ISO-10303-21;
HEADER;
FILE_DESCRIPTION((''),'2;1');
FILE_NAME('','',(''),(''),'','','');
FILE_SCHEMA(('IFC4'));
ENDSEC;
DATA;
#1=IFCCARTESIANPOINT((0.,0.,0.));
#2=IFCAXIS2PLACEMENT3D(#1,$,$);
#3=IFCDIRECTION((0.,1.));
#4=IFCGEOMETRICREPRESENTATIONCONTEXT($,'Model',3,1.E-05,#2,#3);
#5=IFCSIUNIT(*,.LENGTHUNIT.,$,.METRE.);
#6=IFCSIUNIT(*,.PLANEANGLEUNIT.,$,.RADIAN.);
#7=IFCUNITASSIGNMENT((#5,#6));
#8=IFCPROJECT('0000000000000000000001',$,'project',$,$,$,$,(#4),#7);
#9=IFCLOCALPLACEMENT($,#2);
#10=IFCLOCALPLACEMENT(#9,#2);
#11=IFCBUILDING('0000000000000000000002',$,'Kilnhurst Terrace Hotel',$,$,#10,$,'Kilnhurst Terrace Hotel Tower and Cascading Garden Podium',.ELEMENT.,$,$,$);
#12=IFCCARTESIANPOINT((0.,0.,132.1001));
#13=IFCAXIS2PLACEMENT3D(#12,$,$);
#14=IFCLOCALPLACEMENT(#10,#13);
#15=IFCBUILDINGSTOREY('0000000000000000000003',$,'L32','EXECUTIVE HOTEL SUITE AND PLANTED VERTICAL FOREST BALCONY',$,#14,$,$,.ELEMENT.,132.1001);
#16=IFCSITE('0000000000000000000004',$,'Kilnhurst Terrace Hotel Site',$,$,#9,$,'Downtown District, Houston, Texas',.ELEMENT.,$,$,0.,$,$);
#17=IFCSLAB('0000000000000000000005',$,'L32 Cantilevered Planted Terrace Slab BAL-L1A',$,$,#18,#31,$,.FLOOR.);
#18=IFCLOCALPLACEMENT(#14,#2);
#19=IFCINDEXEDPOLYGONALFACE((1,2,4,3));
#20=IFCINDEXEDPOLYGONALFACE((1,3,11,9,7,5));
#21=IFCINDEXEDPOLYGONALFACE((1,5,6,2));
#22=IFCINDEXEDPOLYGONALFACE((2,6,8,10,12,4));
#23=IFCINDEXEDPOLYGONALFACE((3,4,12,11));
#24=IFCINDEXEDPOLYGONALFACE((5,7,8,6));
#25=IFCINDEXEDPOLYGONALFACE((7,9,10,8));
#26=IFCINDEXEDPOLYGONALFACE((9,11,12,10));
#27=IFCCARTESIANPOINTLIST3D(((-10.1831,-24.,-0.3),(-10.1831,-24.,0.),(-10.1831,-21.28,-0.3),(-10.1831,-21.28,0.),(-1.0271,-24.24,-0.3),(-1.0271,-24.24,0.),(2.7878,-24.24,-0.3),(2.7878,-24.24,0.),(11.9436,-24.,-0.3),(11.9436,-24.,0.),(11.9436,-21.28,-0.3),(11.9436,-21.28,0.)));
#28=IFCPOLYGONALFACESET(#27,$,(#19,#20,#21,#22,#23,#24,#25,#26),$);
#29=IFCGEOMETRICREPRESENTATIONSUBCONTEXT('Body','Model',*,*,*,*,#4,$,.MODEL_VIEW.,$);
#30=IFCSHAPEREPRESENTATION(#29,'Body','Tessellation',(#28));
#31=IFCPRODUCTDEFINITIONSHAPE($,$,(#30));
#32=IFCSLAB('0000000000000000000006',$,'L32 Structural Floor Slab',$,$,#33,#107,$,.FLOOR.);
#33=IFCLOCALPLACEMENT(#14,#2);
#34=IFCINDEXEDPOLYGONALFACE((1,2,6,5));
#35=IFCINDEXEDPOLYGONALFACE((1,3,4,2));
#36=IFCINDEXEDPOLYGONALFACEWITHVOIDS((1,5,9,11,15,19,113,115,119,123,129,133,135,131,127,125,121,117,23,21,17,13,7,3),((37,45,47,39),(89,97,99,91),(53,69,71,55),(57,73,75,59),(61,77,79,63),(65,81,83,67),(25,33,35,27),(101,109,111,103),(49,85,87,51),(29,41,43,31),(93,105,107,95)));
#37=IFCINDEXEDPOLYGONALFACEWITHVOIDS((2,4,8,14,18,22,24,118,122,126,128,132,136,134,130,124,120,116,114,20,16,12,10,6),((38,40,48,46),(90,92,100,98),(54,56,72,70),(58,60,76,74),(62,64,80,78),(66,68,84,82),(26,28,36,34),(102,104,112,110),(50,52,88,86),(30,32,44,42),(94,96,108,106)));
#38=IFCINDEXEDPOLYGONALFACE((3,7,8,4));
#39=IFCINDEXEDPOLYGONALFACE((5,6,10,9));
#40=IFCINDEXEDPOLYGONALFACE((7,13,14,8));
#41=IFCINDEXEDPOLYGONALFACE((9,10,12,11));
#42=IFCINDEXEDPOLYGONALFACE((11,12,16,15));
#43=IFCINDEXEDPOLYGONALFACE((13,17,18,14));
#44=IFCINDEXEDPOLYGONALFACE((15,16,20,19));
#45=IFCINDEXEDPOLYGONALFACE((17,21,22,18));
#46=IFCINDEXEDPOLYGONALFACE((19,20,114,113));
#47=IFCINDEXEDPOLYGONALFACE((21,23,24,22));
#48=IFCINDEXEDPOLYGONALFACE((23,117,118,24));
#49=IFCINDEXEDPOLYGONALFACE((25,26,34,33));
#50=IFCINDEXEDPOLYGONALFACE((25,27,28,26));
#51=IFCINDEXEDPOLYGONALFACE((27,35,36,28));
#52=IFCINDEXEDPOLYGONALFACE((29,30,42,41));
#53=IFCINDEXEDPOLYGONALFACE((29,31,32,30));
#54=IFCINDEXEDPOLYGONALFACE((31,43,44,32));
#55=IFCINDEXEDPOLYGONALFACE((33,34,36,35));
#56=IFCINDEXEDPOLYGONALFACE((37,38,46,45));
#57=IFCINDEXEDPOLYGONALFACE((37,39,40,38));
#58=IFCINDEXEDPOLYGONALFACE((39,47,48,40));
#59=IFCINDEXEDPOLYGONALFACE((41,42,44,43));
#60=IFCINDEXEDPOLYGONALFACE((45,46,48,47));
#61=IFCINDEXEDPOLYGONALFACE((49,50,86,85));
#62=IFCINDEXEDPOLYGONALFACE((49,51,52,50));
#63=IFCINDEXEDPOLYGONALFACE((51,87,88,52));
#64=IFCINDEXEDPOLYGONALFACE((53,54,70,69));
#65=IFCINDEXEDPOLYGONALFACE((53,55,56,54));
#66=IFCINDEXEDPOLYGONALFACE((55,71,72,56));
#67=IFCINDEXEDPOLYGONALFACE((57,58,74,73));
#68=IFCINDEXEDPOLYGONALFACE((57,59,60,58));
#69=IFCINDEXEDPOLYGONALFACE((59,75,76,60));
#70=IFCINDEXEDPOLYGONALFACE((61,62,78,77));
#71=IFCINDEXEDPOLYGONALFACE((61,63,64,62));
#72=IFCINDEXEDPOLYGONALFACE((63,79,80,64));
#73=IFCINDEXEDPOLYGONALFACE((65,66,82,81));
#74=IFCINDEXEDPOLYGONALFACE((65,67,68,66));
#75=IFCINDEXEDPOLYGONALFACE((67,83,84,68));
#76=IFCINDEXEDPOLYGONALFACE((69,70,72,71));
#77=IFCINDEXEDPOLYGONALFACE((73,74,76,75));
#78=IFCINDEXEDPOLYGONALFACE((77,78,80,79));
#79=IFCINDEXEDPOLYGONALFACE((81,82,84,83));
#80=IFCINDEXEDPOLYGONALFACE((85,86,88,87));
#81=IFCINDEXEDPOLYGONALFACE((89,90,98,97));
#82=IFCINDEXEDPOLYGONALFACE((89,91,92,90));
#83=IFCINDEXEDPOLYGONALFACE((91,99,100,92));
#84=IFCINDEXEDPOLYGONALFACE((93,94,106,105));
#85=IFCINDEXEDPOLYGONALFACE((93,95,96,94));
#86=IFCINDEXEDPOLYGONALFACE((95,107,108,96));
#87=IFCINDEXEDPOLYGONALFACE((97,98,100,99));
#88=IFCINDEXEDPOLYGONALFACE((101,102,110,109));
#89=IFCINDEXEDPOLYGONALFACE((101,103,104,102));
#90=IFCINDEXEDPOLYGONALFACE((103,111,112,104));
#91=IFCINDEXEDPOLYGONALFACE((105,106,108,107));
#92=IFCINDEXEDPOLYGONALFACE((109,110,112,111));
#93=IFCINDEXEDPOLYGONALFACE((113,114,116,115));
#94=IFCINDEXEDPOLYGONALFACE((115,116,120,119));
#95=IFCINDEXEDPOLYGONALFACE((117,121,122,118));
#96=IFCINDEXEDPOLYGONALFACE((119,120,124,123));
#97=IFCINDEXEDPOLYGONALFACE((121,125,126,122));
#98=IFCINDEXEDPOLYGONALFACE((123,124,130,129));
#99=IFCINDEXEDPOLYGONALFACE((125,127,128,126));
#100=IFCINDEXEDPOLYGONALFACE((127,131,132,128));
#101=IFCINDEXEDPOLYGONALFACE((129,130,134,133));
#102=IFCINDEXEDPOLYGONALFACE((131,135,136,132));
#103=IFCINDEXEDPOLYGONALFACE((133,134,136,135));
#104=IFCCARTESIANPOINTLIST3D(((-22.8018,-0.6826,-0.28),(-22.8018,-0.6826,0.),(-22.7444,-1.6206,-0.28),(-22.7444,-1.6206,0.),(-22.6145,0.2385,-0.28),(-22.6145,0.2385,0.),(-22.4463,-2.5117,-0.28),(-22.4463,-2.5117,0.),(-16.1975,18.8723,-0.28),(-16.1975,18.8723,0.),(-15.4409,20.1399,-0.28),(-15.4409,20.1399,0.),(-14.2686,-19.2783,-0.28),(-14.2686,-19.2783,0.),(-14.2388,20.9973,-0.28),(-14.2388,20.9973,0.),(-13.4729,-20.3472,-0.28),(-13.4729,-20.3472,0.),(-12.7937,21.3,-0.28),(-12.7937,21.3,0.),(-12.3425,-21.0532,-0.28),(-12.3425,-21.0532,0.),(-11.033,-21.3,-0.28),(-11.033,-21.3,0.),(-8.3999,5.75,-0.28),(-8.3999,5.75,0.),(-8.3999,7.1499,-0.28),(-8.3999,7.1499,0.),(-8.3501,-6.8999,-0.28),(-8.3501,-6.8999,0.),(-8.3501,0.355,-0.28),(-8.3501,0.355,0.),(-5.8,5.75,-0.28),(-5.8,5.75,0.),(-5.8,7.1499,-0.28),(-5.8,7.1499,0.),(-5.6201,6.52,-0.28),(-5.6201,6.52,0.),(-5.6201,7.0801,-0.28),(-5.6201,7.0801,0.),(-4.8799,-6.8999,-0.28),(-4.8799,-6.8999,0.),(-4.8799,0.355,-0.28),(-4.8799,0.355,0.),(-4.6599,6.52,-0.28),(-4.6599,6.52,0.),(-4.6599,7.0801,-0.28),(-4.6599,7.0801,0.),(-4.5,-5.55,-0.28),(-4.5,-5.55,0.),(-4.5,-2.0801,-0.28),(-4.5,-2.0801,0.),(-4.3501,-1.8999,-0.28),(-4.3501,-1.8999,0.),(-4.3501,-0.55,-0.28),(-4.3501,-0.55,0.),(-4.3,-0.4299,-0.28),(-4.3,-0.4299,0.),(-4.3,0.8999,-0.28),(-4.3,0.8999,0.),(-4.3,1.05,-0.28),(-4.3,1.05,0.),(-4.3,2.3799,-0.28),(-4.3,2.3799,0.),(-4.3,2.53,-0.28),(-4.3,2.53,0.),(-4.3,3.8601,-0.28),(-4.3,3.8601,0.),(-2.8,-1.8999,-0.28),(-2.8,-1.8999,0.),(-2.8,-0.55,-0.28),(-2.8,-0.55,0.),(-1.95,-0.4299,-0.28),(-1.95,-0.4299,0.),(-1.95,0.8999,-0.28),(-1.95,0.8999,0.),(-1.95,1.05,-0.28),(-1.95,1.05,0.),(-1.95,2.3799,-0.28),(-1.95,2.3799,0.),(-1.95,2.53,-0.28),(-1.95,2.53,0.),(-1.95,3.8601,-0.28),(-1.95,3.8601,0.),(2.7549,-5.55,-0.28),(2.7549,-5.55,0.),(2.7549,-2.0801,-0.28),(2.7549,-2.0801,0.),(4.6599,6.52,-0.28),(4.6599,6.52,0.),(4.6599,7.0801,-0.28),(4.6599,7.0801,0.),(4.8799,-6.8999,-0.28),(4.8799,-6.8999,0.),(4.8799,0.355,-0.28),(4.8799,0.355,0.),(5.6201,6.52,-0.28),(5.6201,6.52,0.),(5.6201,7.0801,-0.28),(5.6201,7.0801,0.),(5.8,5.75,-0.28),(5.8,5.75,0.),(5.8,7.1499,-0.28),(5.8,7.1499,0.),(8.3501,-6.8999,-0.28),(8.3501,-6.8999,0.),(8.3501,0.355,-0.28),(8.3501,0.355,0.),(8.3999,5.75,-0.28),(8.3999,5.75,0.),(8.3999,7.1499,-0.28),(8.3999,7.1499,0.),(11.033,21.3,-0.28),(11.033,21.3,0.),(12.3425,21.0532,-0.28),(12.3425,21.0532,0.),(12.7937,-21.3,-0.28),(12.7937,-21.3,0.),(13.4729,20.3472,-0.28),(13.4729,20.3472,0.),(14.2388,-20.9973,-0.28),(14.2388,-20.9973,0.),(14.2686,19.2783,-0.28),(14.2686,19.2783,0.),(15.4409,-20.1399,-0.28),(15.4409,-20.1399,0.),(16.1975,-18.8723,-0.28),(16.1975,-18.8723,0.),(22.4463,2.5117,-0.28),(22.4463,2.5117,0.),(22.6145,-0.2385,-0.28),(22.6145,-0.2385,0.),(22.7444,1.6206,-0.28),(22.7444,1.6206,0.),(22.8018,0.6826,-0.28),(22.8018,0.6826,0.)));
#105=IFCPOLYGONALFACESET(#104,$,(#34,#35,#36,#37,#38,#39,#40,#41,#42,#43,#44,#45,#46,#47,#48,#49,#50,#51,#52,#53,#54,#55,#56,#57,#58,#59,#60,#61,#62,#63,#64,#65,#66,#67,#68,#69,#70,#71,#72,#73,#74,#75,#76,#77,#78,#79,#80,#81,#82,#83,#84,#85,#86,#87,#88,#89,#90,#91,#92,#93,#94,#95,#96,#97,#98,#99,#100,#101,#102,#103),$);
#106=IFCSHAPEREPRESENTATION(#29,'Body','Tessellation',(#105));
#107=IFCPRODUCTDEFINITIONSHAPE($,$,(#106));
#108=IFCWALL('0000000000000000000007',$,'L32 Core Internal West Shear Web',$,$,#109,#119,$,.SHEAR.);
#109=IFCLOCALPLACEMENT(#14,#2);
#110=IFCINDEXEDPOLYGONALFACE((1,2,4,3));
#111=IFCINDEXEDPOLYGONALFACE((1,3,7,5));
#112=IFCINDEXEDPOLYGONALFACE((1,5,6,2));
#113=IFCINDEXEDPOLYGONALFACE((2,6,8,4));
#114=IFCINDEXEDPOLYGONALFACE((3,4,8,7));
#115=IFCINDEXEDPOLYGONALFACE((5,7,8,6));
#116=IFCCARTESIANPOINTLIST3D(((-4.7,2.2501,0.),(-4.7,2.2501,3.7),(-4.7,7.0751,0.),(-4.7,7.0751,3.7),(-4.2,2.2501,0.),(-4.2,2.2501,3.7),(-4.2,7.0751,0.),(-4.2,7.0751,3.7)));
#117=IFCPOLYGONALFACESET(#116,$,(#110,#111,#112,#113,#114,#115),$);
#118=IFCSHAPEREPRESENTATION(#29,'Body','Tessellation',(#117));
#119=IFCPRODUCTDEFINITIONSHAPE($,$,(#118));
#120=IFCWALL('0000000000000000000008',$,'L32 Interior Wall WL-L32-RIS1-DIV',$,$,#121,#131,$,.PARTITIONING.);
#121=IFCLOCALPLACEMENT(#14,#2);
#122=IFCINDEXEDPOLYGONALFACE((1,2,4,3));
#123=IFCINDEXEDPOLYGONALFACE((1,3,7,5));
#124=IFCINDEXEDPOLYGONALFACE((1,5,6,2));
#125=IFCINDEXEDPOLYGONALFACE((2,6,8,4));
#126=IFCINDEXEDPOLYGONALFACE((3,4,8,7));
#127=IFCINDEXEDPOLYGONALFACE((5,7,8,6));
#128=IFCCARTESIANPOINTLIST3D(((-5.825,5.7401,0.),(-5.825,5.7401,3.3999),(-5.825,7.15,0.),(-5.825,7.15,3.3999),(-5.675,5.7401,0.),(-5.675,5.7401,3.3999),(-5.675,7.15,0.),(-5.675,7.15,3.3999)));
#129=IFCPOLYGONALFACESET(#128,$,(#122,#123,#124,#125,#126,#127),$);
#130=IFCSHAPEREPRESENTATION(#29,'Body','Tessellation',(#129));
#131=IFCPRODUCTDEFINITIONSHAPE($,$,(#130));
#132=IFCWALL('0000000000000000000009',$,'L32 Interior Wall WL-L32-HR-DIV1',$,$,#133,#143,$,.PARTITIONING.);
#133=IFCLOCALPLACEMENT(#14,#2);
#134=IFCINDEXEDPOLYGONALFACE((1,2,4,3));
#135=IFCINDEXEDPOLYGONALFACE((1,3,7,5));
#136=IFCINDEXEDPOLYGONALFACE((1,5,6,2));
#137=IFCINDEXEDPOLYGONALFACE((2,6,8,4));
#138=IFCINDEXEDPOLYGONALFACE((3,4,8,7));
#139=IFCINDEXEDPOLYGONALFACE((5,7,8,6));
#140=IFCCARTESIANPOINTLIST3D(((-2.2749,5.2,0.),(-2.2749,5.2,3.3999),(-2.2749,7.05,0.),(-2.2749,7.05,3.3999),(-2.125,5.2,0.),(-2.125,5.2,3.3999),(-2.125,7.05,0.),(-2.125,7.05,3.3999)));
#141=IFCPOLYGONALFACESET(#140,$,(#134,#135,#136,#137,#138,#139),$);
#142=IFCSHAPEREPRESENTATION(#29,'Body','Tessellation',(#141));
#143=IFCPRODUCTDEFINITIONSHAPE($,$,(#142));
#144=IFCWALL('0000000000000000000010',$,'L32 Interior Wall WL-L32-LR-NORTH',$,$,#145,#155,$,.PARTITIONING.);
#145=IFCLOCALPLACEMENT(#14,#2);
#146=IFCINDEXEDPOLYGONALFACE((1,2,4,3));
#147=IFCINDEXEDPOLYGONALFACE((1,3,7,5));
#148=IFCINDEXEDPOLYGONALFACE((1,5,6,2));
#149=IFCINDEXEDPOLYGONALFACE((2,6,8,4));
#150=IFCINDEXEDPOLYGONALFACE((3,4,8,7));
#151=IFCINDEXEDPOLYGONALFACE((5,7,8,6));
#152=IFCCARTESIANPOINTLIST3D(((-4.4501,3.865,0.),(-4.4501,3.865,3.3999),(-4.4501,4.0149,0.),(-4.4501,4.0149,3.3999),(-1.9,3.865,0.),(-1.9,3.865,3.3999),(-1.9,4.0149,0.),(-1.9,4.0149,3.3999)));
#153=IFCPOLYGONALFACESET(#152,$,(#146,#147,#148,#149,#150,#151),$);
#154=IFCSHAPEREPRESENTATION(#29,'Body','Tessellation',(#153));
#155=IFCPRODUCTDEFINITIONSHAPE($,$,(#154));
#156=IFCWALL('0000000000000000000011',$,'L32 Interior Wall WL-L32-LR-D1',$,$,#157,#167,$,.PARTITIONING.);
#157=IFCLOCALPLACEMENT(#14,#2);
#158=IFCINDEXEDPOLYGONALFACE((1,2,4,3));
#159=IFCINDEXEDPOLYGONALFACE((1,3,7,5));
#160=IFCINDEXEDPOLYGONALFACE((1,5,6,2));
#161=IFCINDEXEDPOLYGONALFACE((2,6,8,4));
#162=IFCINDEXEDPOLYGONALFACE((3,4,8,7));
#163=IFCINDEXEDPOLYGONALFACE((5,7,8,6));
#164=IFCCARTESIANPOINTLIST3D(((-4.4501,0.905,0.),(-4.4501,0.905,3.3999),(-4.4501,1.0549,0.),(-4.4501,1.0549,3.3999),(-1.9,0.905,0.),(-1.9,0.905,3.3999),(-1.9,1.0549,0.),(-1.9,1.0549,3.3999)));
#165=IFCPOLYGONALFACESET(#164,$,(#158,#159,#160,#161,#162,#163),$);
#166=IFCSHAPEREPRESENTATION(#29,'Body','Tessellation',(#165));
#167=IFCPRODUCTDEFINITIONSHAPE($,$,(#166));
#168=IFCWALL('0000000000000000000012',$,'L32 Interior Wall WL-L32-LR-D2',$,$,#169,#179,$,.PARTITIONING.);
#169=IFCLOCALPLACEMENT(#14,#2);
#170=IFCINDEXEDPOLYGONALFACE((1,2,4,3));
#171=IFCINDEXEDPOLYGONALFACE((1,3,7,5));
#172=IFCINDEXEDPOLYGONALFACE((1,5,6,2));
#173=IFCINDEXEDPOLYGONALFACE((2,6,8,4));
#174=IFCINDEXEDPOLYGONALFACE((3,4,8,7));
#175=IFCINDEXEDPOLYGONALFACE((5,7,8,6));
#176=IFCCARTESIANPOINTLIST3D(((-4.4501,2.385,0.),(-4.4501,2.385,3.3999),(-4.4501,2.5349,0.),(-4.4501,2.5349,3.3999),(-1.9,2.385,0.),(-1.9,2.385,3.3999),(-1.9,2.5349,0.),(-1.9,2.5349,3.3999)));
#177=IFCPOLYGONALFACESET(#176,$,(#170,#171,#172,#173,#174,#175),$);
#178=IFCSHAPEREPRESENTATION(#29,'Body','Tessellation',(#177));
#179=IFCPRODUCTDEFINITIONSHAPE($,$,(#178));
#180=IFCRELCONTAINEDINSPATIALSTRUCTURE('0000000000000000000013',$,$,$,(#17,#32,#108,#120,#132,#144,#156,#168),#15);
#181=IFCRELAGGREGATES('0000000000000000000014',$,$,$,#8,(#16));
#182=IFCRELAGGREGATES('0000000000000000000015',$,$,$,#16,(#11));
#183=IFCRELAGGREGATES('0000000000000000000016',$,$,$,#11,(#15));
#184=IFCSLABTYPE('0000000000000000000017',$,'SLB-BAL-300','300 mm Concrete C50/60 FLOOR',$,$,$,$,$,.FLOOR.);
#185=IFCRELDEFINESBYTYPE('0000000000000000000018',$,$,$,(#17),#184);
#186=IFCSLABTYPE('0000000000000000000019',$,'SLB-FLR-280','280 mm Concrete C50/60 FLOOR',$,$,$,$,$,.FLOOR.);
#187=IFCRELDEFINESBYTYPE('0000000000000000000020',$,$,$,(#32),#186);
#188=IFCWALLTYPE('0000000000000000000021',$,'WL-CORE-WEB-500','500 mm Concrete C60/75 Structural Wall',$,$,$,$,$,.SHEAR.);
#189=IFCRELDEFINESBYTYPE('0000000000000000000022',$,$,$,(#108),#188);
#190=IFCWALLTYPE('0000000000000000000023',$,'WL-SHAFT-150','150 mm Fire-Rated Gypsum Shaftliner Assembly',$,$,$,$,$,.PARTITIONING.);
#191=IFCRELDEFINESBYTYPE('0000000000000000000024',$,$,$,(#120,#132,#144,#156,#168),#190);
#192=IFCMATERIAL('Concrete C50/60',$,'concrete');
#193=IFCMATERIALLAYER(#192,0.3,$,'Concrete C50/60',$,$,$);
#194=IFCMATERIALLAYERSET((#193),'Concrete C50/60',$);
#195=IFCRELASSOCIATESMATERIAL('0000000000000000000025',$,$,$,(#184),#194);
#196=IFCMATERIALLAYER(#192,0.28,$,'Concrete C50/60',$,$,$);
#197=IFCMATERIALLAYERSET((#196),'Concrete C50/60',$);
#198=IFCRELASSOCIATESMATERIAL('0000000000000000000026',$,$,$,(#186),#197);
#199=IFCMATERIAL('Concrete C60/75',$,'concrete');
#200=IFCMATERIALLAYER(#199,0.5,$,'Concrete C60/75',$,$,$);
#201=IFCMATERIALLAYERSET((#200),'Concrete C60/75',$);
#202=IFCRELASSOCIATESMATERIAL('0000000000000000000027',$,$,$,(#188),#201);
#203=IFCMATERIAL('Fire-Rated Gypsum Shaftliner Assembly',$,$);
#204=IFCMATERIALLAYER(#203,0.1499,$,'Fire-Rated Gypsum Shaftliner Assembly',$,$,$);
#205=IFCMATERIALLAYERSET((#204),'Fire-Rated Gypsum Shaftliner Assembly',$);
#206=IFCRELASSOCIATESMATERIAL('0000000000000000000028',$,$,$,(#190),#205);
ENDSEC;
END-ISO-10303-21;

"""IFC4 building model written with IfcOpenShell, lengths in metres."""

from ifc_helpers import new_model, si_unit, direction, frame, frame_2d, origin, place, context, subcontext, project, spatial, polyline, rectangle, outline, extrude, material, layer, layer_set, type_object, element, save


model = new_model("IFC4")

# Units and contexts
model_context = context("Model", 3, precision=1e-05, world=origin(), true_north=direction((0.0, 1.0)))
body_context = subcontext(model_context, "Body", "Model", "MODEL_VIEW")
ifc_project = project(units=[si_unit("LENGTHUNIT", "METRE"), si_unit("PLANEANGLEUNIT", "RADIAN")], contexts=[model_context])

# Site, building, storey
site_placement = place(None, origin())
site = spatial("IfcSite", under=ifc_project, at=site_placement, Name="Kilnhurst Terrace Hotel Site", LongName="Downtown District, Houston, Texas", CompositionType="ELEMENT", RefElevation=0.0)
building_placement = place(site_placement, origin())
building = spatial("IfcBuilding", under=site, at=building_placement, Name="Kilnhurst Terrace Hotel", LongName="Kilnhurst Terrace Hotel Tower and Cascading Garden Podium", CompositionType="ELEMENT")
storey_placement = place(building_placement, frame((0.0, 0.0, 132.1001)))
storey = spatial("IfcBuildingStorey", under=building, at=storey_placement, Name="L32", Description="EXECUTIVE HOTEL SUITE AND PLANTED VERTICAL FOREST BALCONY", CompositionType="ELEMENT", Elevation=132.1001)

# Slabs
ifc_material_1 = material(Name="Concrete C50/60", Category="concrete")
ifc_layer_1 = layer(ifc_material_1, 0.3, Name="Concrete C50/60")
ifc_layer_set_1 = layer_set([ifc_layer_1], Name="Concrete C50/60")
slab_type_1 = type_object("IfcSlabType", Name="SLB-BAL-300", Description="300 mm Concrete C50/60 FLOOR", PredefinedType="FLOOR", material=ifc_layer_set_1)
slab_1_placement = place(storey_placement, frame((0.0, 0.0, -0.3)))
element("IfcSlab", 1, at=slab_1_placement, inside=storey, type_object=slab_type_1, Name="L32 Cantilevered Planted Terrace Slab BAL-L1A", PredefinedType="FLOOR", context=body_context, shape_type="SweptSolid", body=[
    extrude(outline(polyline([(2.7878, -24.24), (-1.0271, -24.24), (-10.1831, -24.0), (-10.1831, -21.28), (11.9436, -21.28), (11.9436, -24.0), (2.7878, -24.24)])), origin(), (0.0, 0.0, 1.0), 0.3),
])
ifc_layer_2 = layer(ifc_material_1, 0.28, Name="Concrete C50/60")
ifc_layer_set_2 = layer_set([ifc_layer_2], Name="Concrete C50/60")
slab_type_2 = type_object("IfcSlabType", Name="SLB-FLR-280", Description="280 mm Concrete C50/60 FLOOR", PredefinedType="FLOOR", material=ifc_layer_set_2)
slab_2_placement = place(storey_placement, frame((0.0, 0.0, -0.28)))
element("IfcSlab", 2, at=slab_2_placement, inside=storey, type_object=slab_type_2, Name="L32 Structural Floor Slab", PredefinedType="FLOOR", context=body_context, shape_type="SweptSolid", body=[
    extrude(outline(polyline([(-14.2686, -19.2783), (-13.4729, -20.3472), (-12.3425, -21.0532), (-11.033, -21.3), (12.7937, -21.3), (14.2388, -20.9973), (15.4409, -20.1399), (16.1975, -18.8723), (22.6145, -0.2385), (22.8018, 0.6826), (22.7444, 1.6206), (22.4463, 2.5117), (14.2686, 19.2783), (13.4729, 20.3472), (12.3425, 21.0532), (11.033, 21.3), (-12.7937, 21.3), (-14.2388, 20.9973), (-15.4409, 20.1399), (-16.1975, 18.8723), (-22.6145, 0.2385), (-22.8018, -0.6826), (-22.7444, -1.6206), (-22.4463, -2.5117), (-14.2686, -19.2783)]), holes=[polyline([(-8.3501, 0.355), (-4.8799, 0.355), (-4.8799, -6.8999), (-8.3501, -6.8999), (-8.3501, 0.355)]), polyline([(-2.8, -1.8999), (-4.3501, -1.8999), (-4.3501, -0.55), (-2.8, -0.55), (-2.8, -1.8999)]), polyline([(-1.95, -0.4299), (-4.3, -0.4299), (-4.3, 0.8999), (-1.95, 0.8999), (-1.95, -0.4299)]), polyline([(-4.3, 1.05), (-4.3, 2.3799), (-1.95, 2.3799), (-1.95, 1.05), (-4.3, 1.05)]), polyline([(-8.3999, 5.75), (-8.3999, 7.1499), (-5.8, 7.1499), (-5.8, 5.75), (-8.3999, 5.75)]), polyline([(-4.6599, 6.52), (-5.6201, 6.52), (-5.6201, 7.0801), (-4.6599, 7.0801), (-4.6599, 6.52)]), polyline([(2.7549, -5.55), (-4.5, -5.55), (-4.5, -2.0801), (2.7549, -2.0801), (2.7549, -5.55)]), polyline([(8.3501, 0.355), (8.3501, -6.8999), (4.8799, -6.8999), (4.8799, 0.355), (8.3501, 0.355)]), polyline([(-1.95, 2.53), (-4.3, 2.53), (-4.3, 3.8601), (-1.95, 3.8601), (-1.95, 2.53)]), polyline([(5.8, 5.75), (5.8, 7.1499), (8.3999, 7.1499), (8.3999, 5.75), (5.8, 5.75)]), polyline([(4.6599, 6.52), (4.6599, 7.0801), (5.6201, 7.0801), (5.6201, 6.52), (4.6599, 6.52)])]), origin(), (0.0, 0.0, 1.0), 0.28),
])

# Walls
ifc_material_2 = material(Name="Concrete C60/75", Category="concrete")
ifc_layer_3 = layer(ifc_material_2, 0.5, Name="Concrete C60/75")
ifc_layer_set_3 = layer_set([ifc_layer_3], Name="Concrete C60/75")
wall_type_1 = type_object("IfcWallType", Name="WL-CORE-WEB-500", Description="500 mm Concrete C60/75 Structural Wall", PredefinedType="SHEAR", material=ifc_layer_set_3)
wall_1_placement = place(storey_placement, frame((-4.45, 2.25, 0.0), z_axis=(0.0, 0.0, 1.0), x_axis=(0.0, 1.0, 0.0)))
element("IfcWall", 3, at=wall_1_placement, inside=storey, type_object=wall_type_1, Name="L32 Core Internal West Shear Web", PredefinedType="SHEAR", context=body_context, shape_type="SweptSolid", body=[
    extrude(rectangle(XDim=4.825, YDim=0.5, at=frame_2d((2.4126, 0.0))), origin(), (0.0, 0.0, 1.0), 3.7),
])
ifc_material_3 = material(Name="Fire-Rated Gypsum Shaftliner Assembly")
ifc_layer_4 = layer(ifc_material_3, 0.1499, Name="Fire-Rated Gypsum Shaftliner Assembly")
ifc_layer_set_4 = layer_set([ifc_layer_4], Name="Fire-Rated Gypsum Shaftliner Assembly")
wall_type_2 = type_object("IfcWallType", Name="WL-SHAFT-150", Description="150 mm Fire-Rated Gypsum Shaftliner Assembly", PredefinedType="PARTITIONING", material=ifc_layer_set_4)
wall_2_placement = place(storey_placement, frame((-5.75, 5.74, 0.0), z_axis=(0.0, 0.0, 1.0), x_axis=(0.0, 1.0, 0.0)))
element("IfcWall", 4, at=wall_2_placement, inside=storey, type_object=wall_type_2, Name="L32 Interior Wall WL-L32-RIS1-DIV", PredefinedType="PARTITIONING", context=body_context, shape_type="SweptSolid", body=[
    extrude(rectangle(XDim=1.4099, YDim=0.1499, at=frame_2d((0.7051, 0.0))), origin(), (0.0, 0.0, 1.0), 3.3999),
])
wall_3_placement = place(storey_placement, frame((-2.2, 5.2, 0.0), z_axis=(0.0, 0.0, 1.0), x_axis=(0.0, 1.0, 0.0)))
element("IfcWall", 5, at=wall_3_placement, inside=storey, type_object=wall_type_2, Name="L32 Interior Wall WL-L32-HR-DIV1", PredefinedType="PARTITIONING", context=body_context, shape_type="SweptSolid", body=[
    extrude(rectangle(XDim=1.8501, YDim=0.1499, at=frame_2d((0.925, 0.0))), origin(), (0.0, 0.0, 1.0), 3.3999),
])
for number, where, z_axis, x_axis, name in (
    (6, (-4.45, 3.9399, 0.0), (0.0, 0.0, 1.0), (1.0, 0.0, 0.0), "L32 Interior Wall WL-L32-LR-NORTH"),
    (7, (-4.45, 0.98, 0.0), (0.0, 0.0, 1.0), (1.0, 0.0, 0.0), "L32 Interior Wall WL-L32-LR-D1"),
    (8, (-4.45, 2.46, 0.0), (0.0, 0.0, 1.0), (1.0, 0.0, 0.0), "L32 Interior Wall WL-L32-LR-D2"),
):
    element("IfcWall", number, at=place(storey_placement, frame(where, z_axis=z_axis, x_axis=x_axis)), inside=storey, type_object=wall_type_2, Name=name, PredefinedType="PARTITIONING", context=body_context, shape_type="SweptSolid", body=[
        extrude(rectangle(XDim=2.55, YDim=0.1499, at=frame_2d((1.2749, 0.0))), origin(), (0.0, 0.0, 1.0), 3.3999),
    ])

save(model, "model.ifc")
